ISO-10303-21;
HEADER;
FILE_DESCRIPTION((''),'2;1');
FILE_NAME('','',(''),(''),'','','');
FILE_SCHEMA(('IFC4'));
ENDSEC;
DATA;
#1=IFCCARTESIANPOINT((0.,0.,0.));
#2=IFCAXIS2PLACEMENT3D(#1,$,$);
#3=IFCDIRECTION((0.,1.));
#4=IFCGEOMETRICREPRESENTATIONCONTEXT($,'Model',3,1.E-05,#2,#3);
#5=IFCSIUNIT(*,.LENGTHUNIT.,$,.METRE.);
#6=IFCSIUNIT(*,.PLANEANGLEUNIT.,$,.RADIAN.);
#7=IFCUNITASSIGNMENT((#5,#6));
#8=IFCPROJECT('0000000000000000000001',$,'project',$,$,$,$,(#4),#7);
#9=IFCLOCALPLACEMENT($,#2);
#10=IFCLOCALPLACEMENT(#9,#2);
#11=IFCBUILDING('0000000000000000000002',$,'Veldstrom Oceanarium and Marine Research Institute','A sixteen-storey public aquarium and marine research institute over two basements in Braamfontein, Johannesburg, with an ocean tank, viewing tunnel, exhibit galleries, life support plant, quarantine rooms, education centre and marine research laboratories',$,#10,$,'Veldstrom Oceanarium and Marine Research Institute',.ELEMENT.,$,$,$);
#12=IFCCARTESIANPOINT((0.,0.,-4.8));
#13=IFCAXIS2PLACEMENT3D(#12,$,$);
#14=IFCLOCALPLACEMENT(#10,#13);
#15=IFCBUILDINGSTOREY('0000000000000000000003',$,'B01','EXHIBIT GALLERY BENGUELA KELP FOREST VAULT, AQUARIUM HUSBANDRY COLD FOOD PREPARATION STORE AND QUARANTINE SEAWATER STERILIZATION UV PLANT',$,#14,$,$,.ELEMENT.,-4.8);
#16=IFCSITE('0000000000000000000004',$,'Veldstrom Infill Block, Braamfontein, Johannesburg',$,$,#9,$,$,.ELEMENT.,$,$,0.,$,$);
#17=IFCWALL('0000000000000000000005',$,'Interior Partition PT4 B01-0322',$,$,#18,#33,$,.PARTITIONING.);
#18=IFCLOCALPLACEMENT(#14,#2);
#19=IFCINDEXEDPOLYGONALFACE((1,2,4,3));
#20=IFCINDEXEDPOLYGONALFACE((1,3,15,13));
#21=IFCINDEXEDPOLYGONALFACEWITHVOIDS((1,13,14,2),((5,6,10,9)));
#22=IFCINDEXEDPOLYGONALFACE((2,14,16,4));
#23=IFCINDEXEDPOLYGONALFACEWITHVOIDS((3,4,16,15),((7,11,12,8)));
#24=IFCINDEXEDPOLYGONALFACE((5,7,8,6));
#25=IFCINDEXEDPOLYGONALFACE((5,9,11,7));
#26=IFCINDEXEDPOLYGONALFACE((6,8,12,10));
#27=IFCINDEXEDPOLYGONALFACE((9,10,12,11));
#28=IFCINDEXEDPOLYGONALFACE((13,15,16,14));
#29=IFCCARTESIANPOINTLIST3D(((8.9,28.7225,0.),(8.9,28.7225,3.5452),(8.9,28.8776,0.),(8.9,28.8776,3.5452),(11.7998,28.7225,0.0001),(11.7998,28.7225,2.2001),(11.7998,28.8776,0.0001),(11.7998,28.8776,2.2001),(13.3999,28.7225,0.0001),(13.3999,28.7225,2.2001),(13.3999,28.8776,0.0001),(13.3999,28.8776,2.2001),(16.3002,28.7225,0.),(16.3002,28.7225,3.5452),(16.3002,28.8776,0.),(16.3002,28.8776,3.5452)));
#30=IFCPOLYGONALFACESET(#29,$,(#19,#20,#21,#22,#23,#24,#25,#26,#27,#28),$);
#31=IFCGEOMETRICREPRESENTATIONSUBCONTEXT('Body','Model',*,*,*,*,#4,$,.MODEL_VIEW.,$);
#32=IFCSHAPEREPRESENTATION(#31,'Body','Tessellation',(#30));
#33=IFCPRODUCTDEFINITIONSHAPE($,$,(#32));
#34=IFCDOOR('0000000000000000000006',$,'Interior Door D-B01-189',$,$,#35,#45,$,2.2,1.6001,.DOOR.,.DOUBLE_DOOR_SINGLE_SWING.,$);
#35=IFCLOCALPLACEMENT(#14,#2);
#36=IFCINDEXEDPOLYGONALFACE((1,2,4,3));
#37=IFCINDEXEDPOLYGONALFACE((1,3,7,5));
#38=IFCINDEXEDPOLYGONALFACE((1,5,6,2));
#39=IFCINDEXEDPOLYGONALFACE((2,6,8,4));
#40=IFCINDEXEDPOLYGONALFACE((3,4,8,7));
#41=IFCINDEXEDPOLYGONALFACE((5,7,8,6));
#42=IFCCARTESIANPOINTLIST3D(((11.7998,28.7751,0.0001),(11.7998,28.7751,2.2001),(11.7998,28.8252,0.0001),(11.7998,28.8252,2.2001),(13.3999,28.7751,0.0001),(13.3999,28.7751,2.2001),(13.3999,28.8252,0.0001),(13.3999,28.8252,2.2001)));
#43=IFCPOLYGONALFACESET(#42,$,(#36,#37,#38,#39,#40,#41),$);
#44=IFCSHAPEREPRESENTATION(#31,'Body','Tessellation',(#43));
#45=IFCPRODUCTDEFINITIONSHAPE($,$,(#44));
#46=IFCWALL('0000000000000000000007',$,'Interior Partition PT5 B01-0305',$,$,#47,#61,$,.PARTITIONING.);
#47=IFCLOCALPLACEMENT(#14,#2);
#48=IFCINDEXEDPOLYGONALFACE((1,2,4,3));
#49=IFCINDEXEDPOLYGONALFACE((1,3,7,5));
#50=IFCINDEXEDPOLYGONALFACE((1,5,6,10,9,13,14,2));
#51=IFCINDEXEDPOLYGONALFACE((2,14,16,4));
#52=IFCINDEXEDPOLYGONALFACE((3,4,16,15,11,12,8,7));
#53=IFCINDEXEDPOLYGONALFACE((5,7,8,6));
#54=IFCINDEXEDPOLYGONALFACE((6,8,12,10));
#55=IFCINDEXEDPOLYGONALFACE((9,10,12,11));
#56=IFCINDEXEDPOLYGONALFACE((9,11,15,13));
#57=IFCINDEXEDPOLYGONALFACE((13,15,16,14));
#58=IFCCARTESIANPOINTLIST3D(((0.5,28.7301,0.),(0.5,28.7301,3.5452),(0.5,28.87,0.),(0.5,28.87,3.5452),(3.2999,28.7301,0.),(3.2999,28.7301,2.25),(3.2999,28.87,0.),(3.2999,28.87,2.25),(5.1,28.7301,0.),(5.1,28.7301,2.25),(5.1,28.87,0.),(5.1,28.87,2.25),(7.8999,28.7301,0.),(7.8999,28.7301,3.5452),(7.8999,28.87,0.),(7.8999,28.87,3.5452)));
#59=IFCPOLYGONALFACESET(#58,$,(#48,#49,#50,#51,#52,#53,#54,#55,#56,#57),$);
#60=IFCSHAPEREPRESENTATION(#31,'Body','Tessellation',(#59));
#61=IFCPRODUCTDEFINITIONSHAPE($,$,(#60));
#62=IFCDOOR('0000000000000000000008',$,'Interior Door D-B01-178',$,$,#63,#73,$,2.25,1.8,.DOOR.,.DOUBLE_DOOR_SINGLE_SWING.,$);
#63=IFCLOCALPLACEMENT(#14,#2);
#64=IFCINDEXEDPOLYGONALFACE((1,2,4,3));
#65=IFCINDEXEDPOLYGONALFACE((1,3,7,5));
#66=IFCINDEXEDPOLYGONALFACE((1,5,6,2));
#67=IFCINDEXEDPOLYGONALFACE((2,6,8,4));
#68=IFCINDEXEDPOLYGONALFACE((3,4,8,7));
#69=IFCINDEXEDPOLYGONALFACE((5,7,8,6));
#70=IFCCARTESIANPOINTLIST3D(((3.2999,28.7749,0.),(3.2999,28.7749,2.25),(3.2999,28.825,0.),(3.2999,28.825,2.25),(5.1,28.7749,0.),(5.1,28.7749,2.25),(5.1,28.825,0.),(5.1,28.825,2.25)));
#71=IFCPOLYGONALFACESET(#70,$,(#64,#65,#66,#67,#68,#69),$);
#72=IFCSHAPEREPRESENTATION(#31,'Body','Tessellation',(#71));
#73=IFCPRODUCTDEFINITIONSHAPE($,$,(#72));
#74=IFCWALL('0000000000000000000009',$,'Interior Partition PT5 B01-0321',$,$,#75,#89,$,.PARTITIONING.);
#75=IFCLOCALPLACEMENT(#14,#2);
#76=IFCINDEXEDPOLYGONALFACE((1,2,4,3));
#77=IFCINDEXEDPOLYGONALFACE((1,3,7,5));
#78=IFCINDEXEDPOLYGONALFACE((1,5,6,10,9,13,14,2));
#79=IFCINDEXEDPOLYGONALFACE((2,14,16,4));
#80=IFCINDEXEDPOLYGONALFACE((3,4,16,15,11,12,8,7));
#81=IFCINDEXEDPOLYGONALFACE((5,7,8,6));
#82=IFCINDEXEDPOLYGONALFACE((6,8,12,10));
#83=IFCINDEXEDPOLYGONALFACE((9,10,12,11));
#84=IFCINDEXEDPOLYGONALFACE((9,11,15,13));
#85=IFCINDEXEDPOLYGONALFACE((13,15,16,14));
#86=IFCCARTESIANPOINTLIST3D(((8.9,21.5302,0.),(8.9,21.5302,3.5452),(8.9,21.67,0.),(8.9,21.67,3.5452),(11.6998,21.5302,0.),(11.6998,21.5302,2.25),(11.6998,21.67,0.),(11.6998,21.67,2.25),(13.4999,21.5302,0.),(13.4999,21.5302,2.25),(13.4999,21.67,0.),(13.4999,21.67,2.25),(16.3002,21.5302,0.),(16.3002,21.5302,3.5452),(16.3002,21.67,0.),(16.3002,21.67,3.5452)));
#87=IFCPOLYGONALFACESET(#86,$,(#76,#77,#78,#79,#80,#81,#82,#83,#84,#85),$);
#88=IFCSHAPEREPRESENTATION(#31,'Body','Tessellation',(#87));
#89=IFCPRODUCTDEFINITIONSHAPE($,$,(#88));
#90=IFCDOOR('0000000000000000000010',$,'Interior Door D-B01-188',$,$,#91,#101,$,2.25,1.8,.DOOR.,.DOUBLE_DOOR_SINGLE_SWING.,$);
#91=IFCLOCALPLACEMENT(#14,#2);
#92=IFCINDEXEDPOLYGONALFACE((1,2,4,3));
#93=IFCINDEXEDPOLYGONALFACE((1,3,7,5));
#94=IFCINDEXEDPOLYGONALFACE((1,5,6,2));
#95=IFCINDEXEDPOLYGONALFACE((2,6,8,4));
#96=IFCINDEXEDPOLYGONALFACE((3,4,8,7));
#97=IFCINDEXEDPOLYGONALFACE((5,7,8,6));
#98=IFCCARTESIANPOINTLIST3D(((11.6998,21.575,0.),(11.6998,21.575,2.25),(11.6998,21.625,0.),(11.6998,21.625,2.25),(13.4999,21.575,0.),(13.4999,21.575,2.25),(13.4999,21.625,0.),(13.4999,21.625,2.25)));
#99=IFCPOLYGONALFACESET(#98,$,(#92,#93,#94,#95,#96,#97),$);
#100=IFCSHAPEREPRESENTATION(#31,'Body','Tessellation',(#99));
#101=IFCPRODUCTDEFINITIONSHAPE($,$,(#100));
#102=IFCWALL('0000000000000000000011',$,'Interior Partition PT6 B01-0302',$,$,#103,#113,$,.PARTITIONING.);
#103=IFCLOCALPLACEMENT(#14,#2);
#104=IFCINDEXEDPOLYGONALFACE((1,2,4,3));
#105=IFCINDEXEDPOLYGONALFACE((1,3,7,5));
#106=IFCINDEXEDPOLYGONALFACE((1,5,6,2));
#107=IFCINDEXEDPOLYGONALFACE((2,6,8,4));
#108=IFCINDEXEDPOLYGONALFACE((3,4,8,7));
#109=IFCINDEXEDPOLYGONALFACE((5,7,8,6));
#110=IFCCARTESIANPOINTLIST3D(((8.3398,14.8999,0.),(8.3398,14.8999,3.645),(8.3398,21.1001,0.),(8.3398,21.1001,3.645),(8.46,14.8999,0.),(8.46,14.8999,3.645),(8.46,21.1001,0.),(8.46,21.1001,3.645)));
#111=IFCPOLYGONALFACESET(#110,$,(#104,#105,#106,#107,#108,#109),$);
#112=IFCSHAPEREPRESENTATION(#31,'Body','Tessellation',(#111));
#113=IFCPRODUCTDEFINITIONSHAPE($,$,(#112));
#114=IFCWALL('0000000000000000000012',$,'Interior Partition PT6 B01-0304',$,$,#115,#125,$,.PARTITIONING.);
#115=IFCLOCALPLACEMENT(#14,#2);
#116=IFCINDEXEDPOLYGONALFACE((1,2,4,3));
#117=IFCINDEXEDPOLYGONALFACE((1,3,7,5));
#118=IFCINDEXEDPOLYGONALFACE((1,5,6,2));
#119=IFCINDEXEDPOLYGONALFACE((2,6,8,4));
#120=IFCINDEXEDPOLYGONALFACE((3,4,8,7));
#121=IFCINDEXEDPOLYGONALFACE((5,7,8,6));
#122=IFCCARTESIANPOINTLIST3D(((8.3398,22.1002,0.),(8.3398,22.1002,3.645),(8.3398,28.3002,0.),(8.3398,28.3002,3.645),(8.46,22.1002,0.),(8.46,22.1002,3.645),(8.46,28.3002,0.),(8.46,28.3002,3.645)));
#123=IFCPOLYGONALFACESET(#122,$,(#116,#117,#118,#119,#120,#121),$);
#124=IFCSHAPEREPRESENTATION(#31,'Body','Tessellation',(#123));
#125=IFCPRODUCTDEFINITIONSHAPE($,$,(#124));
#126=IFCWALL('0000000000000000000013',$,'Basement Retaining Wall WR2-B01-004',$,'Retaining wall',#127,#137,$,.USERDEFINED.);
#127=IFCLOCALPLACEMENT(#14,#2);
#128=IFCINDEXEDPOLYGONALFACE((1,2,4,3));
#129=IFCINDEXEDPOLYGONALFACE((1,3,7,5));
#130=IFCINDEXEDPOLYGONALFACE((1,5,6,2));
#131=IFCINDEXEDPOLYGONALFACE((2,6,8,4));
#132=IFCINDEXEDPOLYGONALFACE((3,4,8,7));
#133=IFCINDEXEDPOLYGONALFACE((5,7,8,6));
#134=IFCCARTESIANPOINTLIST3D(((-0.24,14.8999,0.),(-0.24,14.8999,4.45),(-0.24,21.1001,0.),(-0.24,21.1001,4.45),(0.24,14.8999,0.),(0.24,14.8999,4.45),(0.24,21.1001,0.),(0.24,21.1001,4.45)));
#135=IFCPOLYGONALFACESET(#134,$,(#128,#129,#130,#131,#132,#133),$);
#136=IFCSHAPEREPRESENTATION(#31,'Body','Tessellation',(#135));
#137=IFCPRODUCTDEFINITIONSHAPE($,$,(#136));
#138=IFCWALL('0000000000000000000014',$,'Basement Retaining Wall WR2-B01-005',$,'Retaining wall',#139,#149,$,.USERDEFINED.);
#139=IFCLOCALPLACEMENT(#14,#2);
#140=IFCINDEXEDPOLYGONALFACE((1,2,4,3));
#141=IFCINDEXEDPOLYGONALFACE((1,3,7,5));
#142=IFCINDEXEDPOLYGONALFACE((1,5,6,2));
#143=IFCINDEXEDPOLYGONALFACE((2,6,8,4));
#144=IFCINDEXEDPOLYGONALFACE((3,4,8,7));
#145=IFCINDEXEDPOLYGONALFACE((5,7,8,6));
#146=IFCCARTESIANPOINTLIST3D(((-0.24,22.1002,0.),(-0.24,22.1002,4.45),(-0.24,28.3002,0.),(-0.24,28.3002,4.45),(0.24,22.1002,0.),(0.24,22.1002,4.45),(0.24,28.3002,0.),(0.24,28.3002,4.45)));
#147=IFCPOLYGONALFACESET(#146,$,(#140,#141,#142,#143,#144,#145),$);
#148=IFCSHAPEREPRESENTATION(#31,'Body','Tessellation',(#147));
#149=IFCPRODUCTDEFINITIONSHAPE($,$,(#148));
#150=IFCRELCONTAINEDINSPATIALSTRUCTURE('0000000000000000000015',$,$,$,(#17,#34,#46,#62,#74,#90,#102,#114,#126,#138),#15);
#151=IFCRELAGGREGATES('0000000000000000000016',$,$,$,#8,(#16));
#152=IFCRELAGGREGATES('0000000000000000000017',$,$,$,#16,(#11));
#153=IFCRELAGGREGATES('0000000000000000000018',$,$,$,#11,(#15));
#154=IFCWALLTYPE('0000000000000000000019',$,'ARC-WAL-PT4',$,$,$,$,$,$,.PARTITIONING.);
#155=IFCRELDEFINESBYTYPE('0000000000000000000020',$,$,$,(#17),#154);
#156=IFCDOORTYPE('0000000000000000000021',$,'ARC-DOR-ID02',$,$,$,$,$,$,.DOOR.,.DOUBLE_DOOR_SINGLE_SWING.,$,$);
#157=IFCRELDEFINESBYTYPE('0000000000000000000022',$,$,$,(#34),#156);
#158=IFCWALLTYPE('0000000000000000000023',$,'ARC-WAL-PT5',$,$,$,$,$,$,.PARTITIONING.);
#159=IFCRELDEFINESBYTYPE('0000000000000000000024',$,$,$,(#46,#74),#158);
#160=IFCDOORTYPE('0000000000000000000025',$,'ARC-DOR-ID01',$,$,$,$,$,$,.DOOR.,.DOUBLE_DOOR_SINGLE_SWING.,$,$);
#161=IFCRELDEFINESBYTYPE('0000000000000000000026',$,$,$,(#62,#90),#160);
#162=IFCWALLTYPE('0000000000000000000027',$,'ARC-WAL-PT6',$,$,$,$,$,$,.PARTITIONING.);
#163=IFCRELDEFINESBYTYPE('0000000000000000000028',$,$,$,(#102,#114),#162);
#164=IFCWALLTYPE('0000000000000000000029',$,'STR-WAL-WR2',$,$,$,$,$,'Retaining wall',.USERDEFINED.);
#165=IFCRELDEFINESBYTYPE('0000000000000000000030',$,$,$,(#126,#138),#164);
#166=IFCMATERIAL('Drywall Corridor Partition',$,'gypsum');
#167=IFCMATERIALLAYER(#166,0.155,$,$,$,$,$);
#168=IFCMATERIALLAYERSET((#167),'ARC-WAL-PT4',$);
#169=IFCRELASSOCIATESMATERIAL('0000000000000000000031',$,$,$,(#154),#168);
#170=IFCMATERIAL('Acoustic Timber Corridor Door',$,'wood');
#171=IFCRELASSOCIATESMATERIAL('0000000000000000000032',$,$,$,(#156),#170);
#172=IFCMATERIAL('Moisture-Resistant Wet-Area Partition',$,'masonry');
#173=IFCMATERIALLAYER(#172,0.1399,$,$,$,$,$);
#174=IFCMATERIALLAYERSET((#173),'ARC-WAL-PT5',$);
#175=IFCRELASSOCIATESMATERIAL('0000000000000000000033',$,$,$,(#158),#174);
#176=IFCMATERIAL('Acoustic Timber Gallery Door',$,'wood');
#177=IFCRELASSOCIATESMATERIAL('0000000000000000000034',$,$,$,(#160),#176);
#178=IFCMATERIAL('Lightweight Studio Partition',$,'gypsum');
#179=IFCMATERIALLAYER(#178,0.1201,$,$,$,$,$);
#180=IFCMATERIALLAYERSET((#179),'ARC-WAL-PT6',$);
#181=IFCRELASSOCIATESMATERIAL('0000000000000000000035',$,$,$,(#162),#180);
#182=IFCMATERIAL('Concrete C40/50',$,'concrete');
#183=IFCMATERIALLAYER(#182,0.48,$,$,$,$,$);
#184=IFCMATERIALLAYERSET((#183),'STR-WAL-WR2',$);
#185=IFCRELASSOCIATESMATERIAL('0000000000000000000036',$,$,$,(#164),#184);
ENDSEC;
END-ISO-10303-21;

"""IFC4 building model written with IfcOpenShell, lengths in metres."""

from ifc_helpers import new_model, si_unit, direction, frame, frame_2d, origin, place, context, subcontext, project, spatial, rectangle, extrude, material, layer, layer_set, type_object, element, fill, save


model = new_model("IFC4")

# Units and contexts
model_context = context("Model", 3, precision=1e-05, world=origin(), true_north=direction((0.0, 1.0)))
body_context = subcontext(model_context, "Body", "Model", "MODEL_VIEW")
ifc_project = project(units=[si_unit("LENGTHUNIT", "METRE"), si_unit("PLANEANGLEUNIT", "RADIAN")], contexts=[model_context])

# Site, building, storey
site_placement = place(None, origin())
site = spatial("IfcSite", under=ifc_project, at=site_placement, Name="Veldstrom Infill Block, Braamfontein, Johannesburg", CompositionType="ELEMENT", RefElevation=0.0)
building_placement = place(site_placement, origin())
building = spatial("IfcBuilding", under=site, at=building_placement, Name="Veldstrom Oceanarium and Marine Research Institute", Description="A sixteen-storey public aquarium and marine research institute over two basements in Braamfontein, Johannesburg, with an ocean tank, viewing tunnel, exhibit galleries, life support plant, quarantine rooms, education centre and marine research laboratories", LongName="Veldstrom Oceanarium and Marine Research Institute", CompositionType="ELEMENT")
storey_placement = place(building_placement, frame((0.0, 0.0, -4.8)))
storey = spatial("IfcBuildingStorey", under=building, at=storey_placement, Name="B01", Description="EXHIBIT GALLERY BENGUELA KELP FOREST VAULT, AQUARIUM HUSBANDRY COLD FOOD PREPARATION STORE AND QUARANTINE SEAWATER STERILIZATION UV PLANT", CompositionType="ELEMENT", Elevation=-4.8)

# Walls, openings, doors
ifc_material_1 = material(Name="Drywall Corridor Partition", Category="gypsum")
ifc_layer_1 = layer(ifc_material_1, 0.155)
ifc_layer_set_1 = layer_set([ifc_layer_1], Name="ARC-WAL-PT4")
wall_type_1 = type_object("IfcWallType", Name="ARC-WAL-PT4", PredefinedType="PARTITIONING", material=ifc_layer_set_1)
ifc_material_2 = material(Name="Acoustic Timber Corridor Door", Category="wood")
door_type_1 = type_object("IfcDoorType", Name="ARC-DOR-ID02", OperationType="DOUBLE_DOOR_SINGLE_SWING", PredefinedType="DOOR", material=ifc_material_2)
wall_1_placement = place(storey_placement, frame((8.8999, 28.8, 0.0), z_axis=(0.0, 0.0, 1.0), x_axis=(1.0, 0.0, 0.0)))
wall_1 = element("IfcWall", 1, at=wall_1_placement, inside=storey, type_object=wall_type_1, Name="Interior Partition PT4 B01-0322", PredefinedType="PARTITIONING", context=body_context, shape_type="SweptSolid", body=[
    extrude(rectangle(XDim=7.4001, YDim=0.155, at=frame_2d((3.7002, 0.0))), origin(), (0.0, 0.0, 1.0), 3.5452),
])
opening_1_placement = place(wall_1_placement, frame((2.8999, 0.0, 0.0)))
opening_1 = element("IfcOpeningElement", 2, at=opening_1_placement, cuts=wall_1, PredefinedType="OPENING", context=body_context, shape_type="SweptSolid", body=[
    extrude(rectangle(XDim=1.6001, YDim=2.2, at=frame_2d((0.8, 1.1001))), frame((0.0, 0.0874, 0.0), z_axis=(0.0, -1.0, 0.0), x_axis=(1.0, 0.0, 0.0)), (0.0, 0.0, 1.0), 0.175),
])
door_1_placement = place(opening_1_placement, frame((1.6001, 0.0, 0.0), z_axis=(0.0, 0.0, 1.0), x_axis=(-1.0, 0.0, 0.0)))
door_1 = element("IfcDoor", 3, at=door_1_placement, inside=storey, type_object=door_type_1, Name="Interior Door D-B01-189", OperationType="DOUBLE_DOOR_SINGLE_SWING", OverallHeight=2.2, OverallWidth=1.6001, PredefinedType="DOOR", context=body_context, shape_type="SweptSolid", body=[
    extrude(rectangle(XDim=1.6001, YDim=2.2, at=frame_2d((0.8, 1.1001))), frame((0.0, 0.0249, 0.0), z_axis=(0.0, -1.0, 0.0), x_axis=(1.0, 0.0, 0.0)), (0.0, 0.0, 1.0), 0.05),
])
fill(opening_1, door_1)
ifc_material_3 = material(Name="Moisture-Resistant Wet-Area Partition", Category="masonry")
ifc_layer_2 = layer(ifc_material_3, 0.1399)
ifc_layer_set_2 = layer_set([ifc_layer_2], Name="ARC-WAL-PT5")
wall_type_2 = type_object("IfcWallType", Name="ARC-WAL-PT5", PredefinedType="PARTITIONING", material=ifc_layer_set_2)
wall_2_placement = place(storey_placement, frame((0.5, 28.8, 0.0), z_axis=(0.0, 0.0, 1.0), x_axis=(1.0, 0.0, 0.0)))
wall_2 = element("IfcWall", 4, at=wall_2_placement, inside=storey, type_object=wall_type_2, Name="Interior Partition PT5 B01-0305", PredefinedType="PARTITIONING", context=body_context, shape_type="SweptSolid", body=[
    extrude(rectangle(XDim=7.3999, YDim=0.1399, at=frame_2d((3.7, 0.0))), origin(), (0.0, 0.0, 1.0), 3.5452),
])
opening_2_placement = place(wall_2_placement, frame((2.8, 0.0, 0.0)))
opening_2 = element("IfcOpeningElement", 5, at=opening_2_placement, cuts=wall_2, PredefinedType="OPENING", context=body_context, shape_type="SweptSolid", body=[
    extrude(rectangle(XDim=1.8, YDim=2.25, at=frame_2d((0.8999, 1.125))), frame((0.0, 0.0798, 0.0), z_axis=(0.0, -1.0, 0.0), x_axis=(1.0, 0.0, 0.0)), (0.0, 0.0, 1.0), 0.1599),
])
ifc_material_4 = material(Name="Acoustic Timber Gallery Door", Category="wood")
door_type_2 = type_object("IfcDoorType", Name="ARC-DOR-ID01", OperationType="DOUBLE_DOOR_SINGLE_SWING", PredefinedType="DOOR", material=ifc_material_4)
door_2_placement = place(opening_2_placement, origin())
door_2 = element("IfcDoor", 6, at=door_2_placement, inside=storey, type_object=door_type_2, Name="Interior Door D-B01-178", OperationType="DOUBLE_DOOR_SINGLE_SWING", OverallHeight=2.25, OverallWidth=1.8, PredefinedType="DOOR", context=body_context, shape_type="SweptSolid", body=[
    extrude(rectangle(XDim=1.8, YDim=2.25, at=frame_2d((0.8999, 1.125))), frame((0.0, 0.0249, 0.0), z_axis=(0.0, -1.0, 0.0), x_axis=(1.0, 0.0, 0.0)), (0.0, 0.0, 1.0), 0.05),
])
fill(opening_2, door_2)
wall_3_placement = place(storey_placement, frame((8.8999, 21.6001, 0.0), z_axis=(0.0, 0.0, 1.0), x_axis=(1.0, 0.0, 0.0)))
wall_3 = element("IfcWall", 7, at=wall_3_placement, inside=storey, type_object=wall_type_2, Name="Interior Partition PT5 B01-0321", PredefinedType="PARTITIONING", context=body_context, shape_type="SweptSolid", body=[
    extrude(rectangle(XDim=7.4001, YDim=0.1399, at=frame_2d((3.7002, 0.0))), origin(), (0.0, 0.0, 1.0), 3.5452),
])
opening_3_placement = place(wall_3_placement, frame((2.8, 0.0, 0.0)))
opening_3 = element("IfcOpeningElement", 8, at=opening_3_placement, cuts=wall_3, PredefinedType="OPENING", context=body_context, shape_type="SweptSolid", body=[
    extrude(rectangle(XDim=1.8, YDim=2.25, at=frame_2d((0.8999, 1.125))), frame((0.0, 0.0798, 0.0), z_axis=(0.0, -1.0, 0.0), x_axis=(1.0, 0.0, 0.0)), (0.0, 0.0, 1.0), 0.1599),
])
door_3_placement = place(opening_3_placement, origin())
door_3 = element("IfcDoor", 9, at=door_3_placement, inside=storey, type_object=door_type_2, Name="Interior Door D-B01-188", OperationType="DOUBLE_DOOR_SINGLE_SWING", OverallHeight=2.25, OverallWidth=1.8, PredefinedType="DOOR", context=body_context, shape_type="SweptSolid", body=[
    extrude(rectangle(XDim=1.8, YDim=2.25, at=frame_2d((0.8999, 1.125))), frame((0.0, 0.0249, 0.0), z_axis=(0.0, -1.0, 0.0), x_axis=(1.0, 0.0, 0.0)), (0.0, 0.0, 1.0), 0.05),
])
fill(opening_3, door_3)

# Walls
ifc_material_5 = material(Name="Lightweight Studio Partition", Category="gypsum")
ifc_layer_3 = layer(ifc_material_5, 0.1201)
ifc_layer_set_3 = layer_set([ifc_layer_3], Name="ARC-WAL-PT6")
wall_type_3 = type_object("IfcWallType", Name="ARC-WAL-PT6", PredefinedType="PARTITIONING", material=ifc_layer_set_3)
wall_4_placement = place(storey_placement, frame((8.3999, 14.8999, 0.0), z_axis=(0.0, 0.0, 1.0), x_axis=(0.0, 1.0, 0.0)))
element("IfcWall", 10, at=wall_4_placement, inside=storey, type_object=wall_type_3, Name="Interior Partition PT6 B01-0302", PredefinedType="PARTITIONING", context=body_context, shape_type="SweptSolid", body=[
    extrude(rectangle(XDim=6.2002, YDim=0.1201, at=frame_2d((3.1001, 0.0))), origin(), (0.0, 0.0, 1.0), 3.645),
])
wall_5_placement = place(storey_placement, frame((8.3999, 22.1001, 0.0), z_axis=(0.0, 0.0, 1.0), x_axis=(0.0, 1.0, 0.0)))
element("IfcWall", 11, at=wall_5_placement, inside=storey, type_object=wall_type_3, Name="Interior Partition PT6 B01-0304", PredefinedType="PARTITIONING", context=body_context, shape_type="SweptSolid", body=[
    extrude(rectangle(XDim=6.2, YDim=0.1201, at=frame_2d((3.1001, 0.0))), origin(), (0.0, 0.0, 1.0), 3.645),
])
ifc_material_6 = material(Name="Concrete C40/50", Category="concrete")
ifc_layer_4 = layer(ifc_material_6, 0.48)
ifc_layer_set_4 = layer_set([ifc_layer_4], Name="STR-WAL-WR2")
wall_type_4 = type_object("IfcWallType", Name="STR-WAL-WR2", ElementType="Retaining wall", PredefinedType="USERDEFINED", material=ifc_layer_set_4)
wall_6_placement = place(storey_placement, frame((0.0, 14.8999, 0.0), z_axis=(0.0, 0.0, 1.0), x_axis=(0.0, 1.0, 0.0)))
element("IfcWall", 12, at=wall_6_placement, inside=storey, type_object=wall_type_4, Name="Basement Retaining Wall WR2-B01-004", ObjectType="Retaining wall", PredefinedType="USERDEFINED", context=body_context, shape_type="SweptSolid", body=[
    extrude(rectangle(XDim=6.2002, YDim=0.48, at=frame_2d((3.1001, 0.0))), origin(), (0.0, 0.0, 1.0), 4.45),
])
wall_7_placement = place(storey_placement, frame((0.0, 22.1001, 0.0), z_axis=(0.0, 0.0, 1.0), x_axis=(0.0, 1.0, 0.0)))
element("IfcWall", 13, at=wall_7_placement, inside=storey, type_object=wall_type_4, Name="Basement Retaining Wall WR2-B01-005", ObjectType="Retaining wall", PredefinedType="USERDEFINED", context=body_context, shape_type="SweptSolid", body=[
    extrude(rectangle(XDim=6.2, YDim=0.48, at=frame_2d((3.1001, 0.0))), origin(), (0.0, 0.0, 1.0), 4.45),
])

save(model, "model.ifc")
